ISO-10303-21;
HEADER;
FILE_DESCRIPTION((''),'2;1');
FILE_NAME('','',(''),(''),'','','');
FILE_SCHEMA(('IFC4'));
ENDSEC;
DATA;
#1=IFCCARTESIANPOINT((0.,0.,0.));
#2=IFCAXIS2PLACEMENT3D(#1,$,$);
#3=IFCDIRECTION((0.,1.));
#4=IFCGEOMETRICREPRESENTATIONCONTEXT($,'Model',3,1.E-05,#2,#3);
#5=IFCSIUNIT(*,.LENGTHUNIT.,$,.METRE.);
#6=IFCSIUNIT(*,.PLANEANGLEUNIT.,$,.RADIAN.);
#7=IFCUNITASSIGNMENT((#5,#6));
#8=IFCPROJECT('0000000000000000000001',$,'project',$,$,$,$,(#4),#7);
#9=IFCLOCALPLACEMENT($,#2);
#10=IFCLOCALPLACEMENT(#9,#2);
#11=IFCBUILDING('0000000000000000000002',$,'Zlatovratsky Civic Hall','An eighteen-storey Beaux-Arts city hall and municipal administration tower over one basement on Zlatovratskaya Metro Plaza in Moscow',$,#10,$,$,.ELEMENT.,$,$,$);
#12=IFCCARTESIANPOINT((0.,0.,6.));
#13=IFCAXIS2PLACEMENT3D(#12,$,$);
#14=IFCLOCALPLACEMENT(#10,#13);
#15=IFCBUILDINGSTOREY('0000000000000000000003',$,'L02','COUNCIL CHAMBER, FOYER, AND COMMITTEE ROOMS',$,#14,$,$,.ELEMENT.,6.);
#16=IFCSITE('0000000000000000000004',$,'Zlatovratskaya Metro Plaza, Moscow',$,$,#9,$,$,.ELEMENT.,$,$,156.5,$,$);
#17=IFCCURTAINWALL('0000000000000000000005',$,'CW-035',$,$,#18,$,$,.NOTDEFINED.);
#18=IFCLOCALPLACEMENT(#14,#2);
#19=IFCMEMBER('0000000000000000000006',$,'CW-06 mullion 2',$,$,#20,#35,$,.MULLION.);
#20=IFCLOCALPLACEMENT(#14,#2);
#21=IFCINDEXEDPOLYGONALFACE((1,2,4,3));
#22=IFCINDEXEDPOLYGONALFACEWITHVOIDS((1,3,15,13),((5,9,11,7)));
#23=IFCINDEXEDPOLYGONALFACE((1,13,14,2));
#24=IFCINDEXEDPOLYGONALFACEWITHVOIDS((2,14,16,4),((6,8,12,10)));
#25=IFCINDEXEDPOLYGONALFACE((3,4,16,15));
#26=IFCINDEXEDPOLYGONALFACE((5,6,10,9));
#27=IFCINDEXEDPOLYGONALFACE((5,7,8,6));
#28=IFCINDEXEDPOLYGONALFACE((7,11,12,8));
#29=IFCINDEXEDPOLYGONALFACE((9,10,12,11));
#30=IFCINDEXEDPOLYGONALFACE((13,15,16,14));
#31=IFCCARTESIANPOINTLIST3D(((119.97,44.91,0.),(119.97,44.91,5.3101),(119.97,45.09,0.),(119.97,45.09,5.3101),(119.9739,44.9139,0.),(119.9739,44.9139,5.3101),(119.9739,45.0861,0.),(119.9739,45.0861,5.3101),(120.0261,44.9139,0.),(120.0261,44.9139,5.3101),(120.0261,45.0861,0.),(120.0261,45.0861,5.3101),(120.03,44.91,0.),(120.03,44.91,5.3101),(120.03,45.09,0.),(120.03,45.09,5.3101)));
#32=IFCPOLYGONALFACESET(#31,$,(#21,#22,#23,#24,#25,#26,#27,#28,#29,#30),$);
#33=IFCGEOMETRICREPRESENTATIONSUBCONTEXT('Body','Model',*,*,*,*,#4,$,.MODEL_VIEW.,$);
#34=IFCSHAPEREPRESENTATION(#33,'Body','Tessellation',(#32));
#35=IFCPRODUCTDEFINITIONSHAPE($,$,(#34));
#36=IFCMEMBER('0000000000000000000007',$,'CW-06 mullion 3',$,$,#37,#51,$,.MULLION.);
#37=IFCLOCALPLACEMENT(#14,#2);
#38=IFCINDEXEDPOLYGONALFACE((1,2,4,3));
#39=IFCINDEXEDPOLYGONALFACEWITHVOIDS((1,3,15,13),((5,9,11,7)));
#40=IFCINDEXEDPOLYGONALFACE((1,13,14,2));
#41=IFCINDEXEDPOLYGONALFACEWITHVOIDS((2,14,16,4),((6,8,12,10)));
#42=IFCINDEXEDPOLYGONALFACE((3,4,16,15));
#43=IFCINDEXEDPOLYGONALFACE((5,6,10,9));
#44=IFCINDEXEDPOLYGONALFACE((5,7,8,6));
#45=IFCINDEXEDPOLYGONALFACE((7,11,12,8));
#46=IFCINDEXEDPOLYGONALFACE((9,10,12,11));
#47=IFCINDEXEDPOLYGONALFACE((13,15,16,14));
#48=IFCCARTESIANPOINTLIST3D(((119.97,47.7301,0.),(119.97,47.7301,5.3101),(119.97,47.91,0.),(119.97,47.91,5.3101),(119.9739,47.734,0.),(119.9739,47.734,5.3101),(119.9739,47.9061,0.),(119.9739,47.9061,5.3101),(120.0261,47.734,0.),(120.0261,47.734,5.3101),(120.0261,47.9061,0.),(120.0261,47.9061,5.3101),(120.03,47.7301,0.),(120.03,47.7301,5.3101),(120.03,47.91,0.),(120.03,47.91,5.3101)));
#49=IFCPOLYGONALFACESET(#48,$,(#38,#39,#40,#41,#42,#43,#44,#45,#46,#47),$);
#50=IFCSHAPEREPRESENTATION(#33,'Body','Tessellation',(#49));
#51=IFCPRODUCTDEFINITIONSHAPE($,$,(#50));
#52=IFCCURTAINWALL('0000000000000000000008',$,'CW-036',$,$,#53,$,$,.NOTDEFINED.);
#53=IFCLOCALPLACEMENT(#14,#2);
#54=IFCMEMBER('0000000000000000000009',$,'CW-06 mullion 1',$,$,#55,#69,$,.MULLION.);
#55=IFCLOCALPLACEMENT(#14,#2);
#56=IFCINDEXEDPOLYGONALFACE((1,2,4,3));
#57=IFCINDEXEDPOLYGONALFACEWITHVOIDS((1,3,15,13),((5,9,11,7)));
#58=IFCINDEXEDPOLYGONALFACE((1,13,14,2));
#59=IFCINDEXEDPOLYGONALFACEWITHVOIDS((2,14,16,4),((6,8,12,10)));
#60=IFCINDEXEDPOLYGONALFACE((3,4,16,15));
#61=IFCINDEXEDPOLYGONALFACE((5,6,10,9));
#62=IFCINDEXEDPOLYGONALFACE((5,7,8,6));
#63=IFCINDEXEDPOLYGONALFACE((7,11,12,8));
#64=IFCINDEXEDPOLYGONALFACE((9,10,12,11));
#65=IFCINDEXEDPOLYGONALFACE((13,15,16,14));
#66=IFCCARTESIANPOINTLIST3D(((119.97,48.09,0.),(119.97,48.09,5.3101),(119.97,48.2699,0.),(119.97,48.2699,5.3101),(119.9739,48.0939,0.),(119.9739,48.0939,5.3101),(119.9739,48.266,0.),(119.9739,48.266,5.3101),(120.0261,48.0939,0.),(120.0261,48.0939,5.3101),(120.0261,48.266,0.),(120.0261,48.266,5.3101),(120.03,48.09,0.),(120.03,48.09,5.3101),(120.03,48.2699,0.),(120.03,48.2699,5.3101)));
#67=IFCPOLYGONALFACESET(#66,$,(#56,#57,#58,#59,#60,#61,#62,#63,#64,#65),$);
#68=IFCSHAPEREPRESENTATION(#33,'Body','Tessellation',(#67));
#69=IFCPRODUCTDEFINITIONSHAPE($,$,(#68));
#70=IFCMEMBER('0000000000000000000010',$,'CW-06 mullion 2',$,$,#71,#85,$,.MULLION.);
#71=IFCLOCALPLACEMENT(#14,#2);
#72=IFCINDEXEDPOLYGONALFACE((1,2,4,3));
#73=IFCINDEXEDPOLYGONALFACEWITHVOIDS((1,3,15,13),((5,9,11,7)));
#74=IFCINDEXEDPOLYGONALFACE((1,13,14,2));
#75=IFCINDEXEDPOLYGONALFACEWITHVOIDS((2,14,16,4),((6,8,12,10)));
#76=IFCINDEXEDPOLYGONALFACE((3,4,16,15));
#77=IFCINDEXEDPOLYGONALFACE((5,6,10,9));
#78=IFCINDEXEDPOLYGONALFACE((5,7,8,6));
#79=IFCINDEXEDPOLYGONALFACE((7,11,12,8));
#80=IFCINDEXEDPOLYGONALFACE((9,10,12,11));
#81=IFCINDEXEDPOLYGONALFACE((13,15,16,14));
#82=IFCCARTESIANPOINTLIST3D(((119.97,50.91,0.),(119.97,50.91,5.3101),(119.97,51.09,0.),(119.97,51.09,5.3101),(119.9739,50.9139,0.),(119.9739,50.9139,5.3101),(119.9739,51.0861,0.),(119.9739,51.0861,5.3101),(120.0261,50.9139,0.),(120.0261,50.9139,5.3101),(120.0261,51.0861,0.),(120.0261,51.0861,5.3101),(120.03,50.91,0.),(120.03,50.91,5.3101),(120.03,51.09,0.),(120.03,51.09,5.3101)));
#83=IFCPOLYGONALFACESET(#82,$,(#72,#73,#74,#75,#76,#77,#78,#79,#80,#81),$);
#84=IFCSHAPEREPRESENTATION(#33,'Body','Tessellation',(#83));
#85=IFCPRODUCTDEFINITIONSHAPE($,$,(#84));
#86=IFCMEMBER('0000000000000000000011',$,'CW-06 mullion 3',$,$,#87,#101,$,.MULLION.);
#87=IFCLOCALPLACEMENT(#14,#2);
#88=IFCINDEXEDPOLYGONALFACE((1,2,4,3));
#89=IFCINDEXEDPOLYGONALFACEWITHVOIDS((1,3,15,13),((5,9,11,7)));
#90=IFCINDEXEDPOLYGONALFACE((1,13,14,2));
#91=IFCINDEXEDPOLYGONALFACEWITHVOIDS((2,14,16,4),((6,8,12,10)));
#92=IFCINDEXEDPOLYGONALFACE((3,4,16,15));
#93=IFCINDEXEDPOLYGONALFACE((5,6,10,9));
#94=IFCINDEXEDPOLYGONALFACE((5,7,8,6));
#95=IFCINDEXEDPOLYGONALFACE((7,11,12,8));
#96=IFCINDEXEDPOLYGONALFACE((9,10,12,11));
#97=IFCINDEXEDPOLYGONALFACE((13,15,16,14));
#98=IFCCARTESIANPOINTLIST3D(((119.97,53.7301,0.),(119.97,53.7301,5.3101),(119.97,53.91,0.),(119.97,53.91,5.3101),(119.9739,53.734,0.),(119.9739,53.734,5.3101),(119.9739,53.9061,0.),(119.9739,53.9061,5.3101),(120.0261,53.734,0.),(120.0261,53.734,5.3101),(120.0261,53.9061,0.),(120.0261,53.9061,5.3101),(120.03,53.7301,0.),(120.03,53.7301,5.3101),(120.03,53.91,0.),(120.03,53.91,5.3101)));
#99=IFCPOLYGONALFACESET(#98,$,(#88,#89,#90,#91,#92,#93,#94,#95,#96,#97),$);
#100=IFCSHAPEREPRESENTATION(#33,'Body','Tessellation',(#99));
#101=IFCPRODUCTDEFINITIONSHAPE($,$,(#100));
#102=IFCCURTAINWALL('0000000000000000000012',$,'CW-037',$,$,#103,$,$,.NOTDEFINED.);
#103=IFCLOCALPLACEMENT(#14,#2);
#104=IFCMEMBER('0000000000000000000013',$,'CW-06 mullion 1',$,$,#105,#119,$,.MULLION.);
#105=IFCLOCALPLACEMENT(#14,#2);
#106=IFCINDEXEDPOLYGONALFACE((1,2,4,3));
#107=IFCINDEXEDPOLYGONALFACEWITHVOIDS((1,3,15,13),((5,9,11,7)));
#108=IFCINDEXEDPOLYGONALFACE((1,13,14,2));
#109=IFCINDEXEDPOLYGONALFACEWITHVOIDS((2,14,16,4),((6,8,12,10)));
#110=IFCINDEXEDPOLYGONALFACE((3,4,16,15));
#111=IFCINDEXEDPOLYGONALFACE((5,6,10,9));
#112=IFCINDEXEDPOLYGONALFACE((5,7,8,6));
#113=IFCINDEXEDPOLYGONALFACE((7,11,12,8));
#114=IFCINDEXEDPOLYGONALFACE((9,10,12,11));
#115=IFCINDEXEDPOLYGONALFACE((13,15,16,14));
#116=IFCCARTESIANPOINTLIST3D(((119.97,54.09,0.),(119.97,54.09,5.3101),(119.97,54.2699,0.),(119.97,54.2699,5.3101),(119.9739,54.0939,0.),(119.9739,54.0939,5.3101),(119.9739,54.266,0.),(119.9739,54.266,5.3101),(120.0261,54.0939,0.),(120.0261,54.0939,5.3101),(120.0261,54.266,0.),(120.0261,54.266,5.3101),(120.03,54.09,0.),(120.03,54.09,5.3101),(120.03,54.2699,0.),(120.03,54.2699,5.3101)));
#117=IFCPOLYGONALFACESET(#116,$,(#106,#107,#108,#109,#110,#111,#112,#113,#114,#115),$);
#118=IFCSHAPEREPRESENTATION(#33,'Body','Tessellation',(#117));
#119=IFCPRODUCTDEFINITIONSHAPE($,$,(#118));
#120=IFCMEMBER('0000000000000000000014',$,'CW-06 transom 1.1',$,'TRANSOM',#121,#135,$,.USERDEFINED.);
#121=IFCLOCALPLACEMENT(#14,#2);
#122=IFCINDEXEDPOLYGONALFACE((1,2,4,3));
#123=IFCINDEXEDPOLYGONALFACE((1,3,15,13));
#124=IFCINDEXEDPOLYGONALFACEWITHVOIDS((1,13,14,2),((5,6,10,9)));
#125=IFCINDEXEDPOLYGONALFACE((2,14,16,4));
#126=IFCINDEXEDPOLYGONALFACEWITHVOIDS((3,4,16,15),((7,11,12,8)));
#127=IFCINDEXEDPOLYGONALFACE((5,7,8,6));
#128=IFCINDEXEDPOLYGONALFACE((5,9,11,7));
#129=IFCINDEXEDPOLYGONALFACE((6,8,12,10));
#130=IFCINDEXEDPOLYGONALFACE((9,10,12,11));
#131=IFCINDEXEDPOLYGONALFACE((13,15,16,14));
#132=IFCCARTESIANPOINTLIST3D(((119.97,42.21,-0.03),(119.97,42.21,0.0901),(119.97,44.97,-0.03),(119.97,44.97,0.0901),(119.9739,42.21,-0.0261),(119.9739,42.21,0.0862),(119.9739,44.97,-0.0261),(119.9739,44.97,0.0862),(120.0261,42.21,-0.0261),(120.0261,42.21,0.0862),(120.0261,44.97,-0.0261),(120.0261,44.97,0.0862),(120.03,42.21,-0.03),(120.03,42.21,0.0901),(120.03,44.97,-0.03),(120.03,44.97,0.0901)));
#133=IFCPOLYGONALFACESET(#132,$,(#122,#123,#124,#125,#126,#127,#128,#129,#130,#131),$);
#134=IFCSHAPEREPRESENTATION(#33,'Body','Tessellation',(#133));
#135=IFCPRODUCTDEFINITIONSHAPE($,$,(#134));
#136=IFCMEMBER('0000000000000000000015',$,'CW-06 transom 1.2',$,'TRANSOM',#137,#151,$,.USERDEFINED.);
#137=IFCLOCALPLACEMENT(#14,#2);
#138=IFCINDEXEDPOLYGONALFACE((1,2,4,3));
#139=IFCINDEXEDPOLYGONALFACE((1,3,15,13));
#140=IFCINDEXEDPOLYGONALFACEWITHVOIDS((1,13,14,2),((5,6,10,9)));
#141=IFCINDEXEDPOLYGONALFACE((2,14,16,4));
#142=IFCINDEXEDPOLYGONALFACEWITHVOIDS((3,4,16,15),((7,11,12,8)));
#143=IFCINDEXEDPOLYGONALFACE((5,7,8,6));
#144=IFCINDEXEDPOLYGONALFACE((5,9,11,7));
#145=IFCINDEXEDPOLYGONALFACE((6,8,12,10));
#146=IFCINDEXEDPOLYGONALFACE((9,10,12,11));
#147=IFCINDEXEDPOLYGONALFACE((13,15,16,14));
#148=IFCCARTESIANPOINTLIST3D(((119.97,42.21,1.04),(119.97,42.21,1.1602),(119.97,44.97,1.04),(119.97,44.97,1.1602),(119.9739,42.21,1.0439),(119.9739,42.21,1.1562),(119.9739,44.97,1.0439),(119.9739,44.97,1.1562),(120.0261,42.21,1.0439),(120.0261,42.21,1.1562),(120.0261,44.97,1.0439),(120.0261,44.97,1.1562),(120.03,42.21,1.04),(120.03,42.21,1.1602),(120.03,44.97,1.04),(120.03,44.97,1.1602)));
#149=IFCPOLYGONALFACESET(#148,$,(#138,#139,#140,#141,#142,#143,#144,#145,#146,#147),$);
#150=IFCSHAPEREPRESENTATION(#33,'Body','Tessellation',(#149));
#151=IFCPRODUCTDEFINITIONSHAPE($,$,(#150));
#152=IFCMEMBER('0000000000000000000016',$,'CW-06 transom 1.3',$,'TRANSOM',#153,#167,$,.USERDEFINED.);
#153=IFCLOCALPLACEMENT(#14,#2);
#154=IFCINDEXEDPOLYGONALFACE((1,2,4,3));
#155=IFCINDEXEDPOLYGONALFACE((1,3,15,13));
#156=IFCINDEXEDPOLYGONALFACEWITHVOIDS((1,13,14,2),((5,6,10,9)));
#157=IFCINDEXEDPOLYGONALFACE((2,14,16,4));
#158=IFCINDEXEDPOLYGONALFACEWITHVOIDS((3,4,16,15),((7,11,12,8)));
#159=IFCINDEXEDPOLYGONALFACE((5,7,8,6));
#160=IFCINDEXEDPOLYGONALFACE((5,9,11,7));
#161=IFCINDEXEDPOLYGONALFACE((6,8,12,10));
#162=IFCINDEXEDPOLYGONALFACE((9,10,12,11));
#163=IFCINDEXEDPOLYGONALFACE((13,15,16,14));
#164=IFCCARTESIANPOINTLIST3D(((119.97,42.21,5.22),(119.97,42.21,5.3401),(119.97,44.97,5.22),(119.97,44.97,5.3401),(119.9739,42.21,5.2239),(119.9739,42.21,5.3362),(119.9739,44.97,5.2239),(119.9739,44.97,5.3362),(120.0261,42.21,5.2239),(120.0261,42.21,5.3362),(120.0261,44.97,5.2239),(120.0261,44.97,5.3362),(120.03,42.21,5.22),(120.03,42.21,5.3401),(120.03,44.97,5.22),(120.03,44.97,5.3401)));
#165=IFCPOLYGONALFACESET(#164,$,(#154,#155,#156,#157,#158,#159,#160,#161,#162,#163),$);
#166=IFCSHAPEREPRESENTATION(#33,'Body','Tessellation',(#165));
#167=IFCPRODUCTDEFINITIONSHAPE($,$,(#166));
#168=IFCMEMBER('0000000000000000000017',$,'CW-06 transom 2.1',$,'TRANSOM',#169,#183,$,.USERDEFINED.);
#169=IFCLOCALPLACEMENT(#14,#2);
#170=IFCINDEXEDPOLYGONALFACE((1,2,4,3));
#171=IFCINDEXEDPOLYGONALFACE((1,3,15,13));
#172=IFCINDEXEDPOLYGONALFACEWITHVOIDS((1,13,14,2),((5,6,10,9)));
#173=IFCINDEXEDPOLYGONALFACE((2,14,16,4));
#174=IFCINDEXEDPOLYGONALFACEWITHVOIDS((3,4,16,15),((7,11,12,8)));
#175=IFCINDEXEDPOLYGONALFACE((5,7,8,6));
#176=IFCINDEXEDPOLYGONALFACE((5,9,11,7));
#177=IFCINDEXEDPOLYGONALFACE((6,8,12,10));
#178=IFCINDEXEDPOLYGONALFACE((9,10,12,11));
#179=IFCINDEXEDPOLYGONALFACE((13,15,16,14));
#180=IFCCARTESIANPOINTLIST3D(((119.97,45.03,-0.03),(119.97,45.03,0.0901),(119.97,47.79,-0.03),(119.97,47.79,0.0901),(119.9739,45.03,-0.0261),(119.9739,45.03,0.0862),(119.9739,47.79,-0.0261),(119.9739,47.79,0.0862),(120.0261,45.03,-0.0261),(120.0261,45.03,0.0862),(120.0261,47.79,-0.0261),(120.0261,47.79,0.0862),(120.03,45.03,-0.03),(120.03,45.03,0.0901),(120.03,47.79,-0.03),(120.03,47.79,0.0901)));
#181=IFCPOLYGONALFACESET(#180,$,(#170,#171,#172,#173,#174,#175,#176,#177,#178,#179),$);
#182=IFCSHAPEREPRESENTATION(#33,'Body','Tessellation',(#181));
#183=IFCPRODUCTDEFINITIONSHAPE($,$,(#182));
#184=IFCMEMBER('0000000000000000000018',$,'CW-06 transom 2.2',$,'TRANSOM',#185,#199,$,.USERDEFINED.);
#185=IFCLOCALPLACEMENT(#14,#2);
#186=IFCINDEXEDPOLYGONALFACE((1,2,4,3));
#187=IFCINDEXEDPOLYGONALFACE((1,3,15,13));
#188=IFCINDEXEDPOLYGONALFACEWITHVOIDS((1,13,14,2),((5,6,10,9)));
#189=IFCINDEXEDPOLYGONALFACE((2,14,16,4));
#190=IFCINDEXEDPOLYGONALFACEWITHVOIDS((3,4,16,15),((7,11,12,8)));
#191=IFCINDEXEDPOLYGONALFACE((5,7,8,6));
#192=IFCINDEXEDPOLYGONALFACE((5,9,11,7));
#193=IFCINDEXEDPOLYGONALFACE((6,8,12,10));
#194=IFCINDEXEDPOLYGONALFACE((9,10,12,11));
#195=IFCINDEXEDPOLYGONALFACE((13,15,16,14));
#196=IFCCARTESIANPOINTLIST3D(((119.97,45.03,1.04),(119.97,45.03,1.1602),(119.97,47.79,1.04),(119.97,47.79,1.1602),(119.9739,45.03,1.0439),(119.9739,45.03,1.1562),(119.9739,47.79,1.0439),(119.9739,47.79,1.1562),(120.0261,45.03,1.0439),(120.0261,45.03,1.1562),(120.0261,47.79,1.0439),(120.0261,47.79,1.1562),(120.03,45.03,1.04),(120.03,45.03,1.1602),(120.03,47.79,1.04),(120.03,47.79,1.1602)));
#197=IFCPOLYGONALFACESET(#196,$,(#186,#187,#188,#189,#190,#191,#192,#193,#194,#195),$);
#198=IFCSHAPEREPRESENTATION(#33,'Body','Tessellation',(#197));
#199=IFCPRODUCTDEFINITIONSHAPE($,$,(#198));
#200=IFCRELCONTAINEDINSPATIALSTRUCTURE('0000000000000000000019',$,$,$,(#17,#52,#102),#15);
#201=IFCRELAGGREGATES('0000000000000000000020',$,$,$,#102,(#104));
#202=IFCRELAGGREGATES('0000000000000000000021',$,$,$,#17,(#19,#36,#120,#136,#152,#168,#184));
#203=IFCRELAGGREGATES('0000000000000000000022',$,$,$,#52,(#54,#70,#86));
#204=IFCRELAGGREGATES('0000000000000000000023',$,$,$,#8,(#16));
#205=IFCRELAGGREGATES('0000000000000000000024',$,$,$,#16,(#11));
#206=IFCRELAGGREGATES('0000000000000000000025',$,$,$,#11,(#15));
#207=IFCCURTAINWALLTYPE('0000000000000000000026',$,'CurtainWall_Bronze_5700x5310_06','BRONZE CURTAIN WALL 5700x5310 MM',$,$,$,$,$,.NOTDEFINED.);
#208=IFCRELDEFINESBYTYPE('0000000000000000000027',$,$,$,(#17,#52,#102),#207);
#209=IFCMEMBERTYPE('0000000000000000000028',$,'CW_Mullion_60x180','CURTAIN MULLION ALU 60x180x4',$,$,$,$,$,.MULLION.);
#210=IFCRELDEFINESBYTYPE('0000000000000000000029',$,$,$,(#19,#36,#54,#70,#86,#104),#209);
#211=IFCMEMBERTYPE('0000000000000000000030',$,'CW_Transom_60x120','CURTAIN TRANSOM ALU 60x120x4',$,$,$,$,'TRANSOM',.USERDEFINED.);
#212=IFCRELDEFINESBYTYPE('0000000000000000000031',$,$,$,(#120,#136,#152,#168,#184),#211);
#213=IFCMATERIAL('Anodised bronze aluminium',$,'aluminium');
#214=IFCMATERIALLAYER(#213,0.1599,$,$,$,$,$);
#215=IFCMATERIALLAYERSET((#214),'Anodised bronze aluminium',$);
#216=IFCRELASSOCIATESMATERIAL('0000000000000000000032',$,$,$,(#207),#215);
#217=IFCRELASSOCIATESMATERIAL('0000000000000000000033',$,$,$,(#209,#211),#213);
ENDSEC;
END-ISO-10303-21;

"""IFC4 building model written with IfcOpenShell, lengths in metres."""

from ifc_helpers import new_model, si_unit, direction, frame, origin, origin_2d, place, context, subcontext, project, spatial, hollow_rectangle, extrude, material, layer, layer_set, material_profile, profile_set, type_object, element, aggregate, save


model = new_model("IFC4")

# Units and contexts
model_context = context("Model", 3, precision=1e-05, world=origin(), true_north=direction((0.0, 1.0)))
body_context = subcontext(model_context, "Body", "Model", "MODEL_VIEW")
ifc_project = project(units=[si_unit("LENGTHUNIT", "METRE"), si_unit("PLANEANGLEUNIT", "RADIAN")], contexts=[model_context])

# Site, building, storey
site_placement = place(None, origin())
site = spatial("IfcSite", under=ifc_project, at=site_placement, Name="Zlatovratskaya Metro Plaza, Moscow", CompositionType="ELEMENT", RefElevation=156.5)
building_placement = place(site_placement, origin())
building = spatial("IfcBuilding", under=site, at=building_placement, Name="Zlatovratsky Civic Hall", Description="An eighteen-storey Beaux-Arts city hall and municipal administration tower over one basement on Zlatovratskaya Metro Plaza in Moscow", CompositionType="ELEMENT")
storey_placement = place(building_placement, frame((0.0, 0.0, 6.0)))
storey = spatial("IfcBuildingStorey", under=building, at=storey_placement, Name="L02", Description="COUNCIL CHAMBER, FOYER, AND COMMITTEE ROOMS", CompositionType="ELEMENT", Elevation=6.0)

# Curtain walls, members
ifc_material_1 = material(Name="Anodised bronze aluminium", Category="aluminium")
ifc_layer_1 = layer(ifc_material_1, 0.1599)
ifc_layer_set_1 = layer_set([ifc_layer_1], Name="Anodised bronze aluminium")
curtain_wall_type = type_object("IfcCurtainWallType", Name="CurtainWall_Bronze_5700x5310_06", Description="BRONZE CURTAIN WALL 5700x5310 MM", PredefinedType="NOTDEFINED", material=ifc_layer_set_1)
curtain_wall_1_placement = place(storey_placement, origin())
curtain_wall_1 = element("IfcCurtainWall", 1, at=curtain_wall_1_placement, inside=storey, type_object=curtain_wall_type, Name="CW-035", PredefinedType="NOTDEFINED")
ifc_material_profile_1 = material_profile(ifc_material_1, hollow_rectangle(XDim=0.0601, YDim=0.1799, WallThickness=0.0039, at=origin_2d()), Name="ALU 60x180x4")
ifc_profile_set_1 = profile_set([ifc_material_profile_1], Name="Anodised bronze aluminium")
member_type_1 = type_object("IfcMemberType", Name="CW_Mullion_60x180", Description="CURTAIN MULLION ALU 60x180x4", PredefinedType="MULLION", material=ifc_profile_set_1)
member_1_placement = place(storey_placement, frame((120.0, 45.0, 0.0), z_axis=(0.0, 0.0, 1.0), x_axis=(-1.0, 0.0, 0.0)))
member_1 = element("IfcMember", 2, at=member_1_placement, type_object=member_type_1, Name="CW-06 mullion 2", PredefinedType="MULLION", context=body_context, shape_type="SweptSolid", body=[
    extrude(hollow_rectangle(XDim=0.0601, YDim=0.1799, WallThickness=0.0039, at=origin_2d()), origin(), (0.0, 0.0, 1.0), 5.3101),
])
member_2_placement = place(storey_placement, frame((120.0, 47.8201, 0.0), z_axis=(0.0, 0.0, 1.0), x_axis=(-1.0, 0.0, 0.0)))
member_2 = element("IfcMember", 3, at=member_2_placement, type_object=member_type_1, Name="CW-06 mullion 3", PredefinedType="MULLION", context=body_context, shape_type="SweptSolid", body=[
    extrude(hollow_rectangle(XDim=0.0601, YDim=0.1799, WallThickness=0.0039, at=origin_2d()), origin(), (0.0, 0.0, 1.0), 5.3101),
])
curtain_wall_2_placement = place(storey_placement, origin())
curtain_wall_2 = element("IfcCurtainWall", 4, at=curtain_wall_2_placement, inside=storey, type_object=curtain_wall_type, Name="CW-036", PredefinedType="NOTDEFINED")
member_3_placement = place(storey_placement, frame((120.0, 48.1799, 0.0), z_axis=(0.0, 0.0, 1.0), x_axis=(-1.0, 0.0, 0.0)))
member_3 = element("IfcMember", 5, at=member_3_placement, type_object=member_type_1, Name="CW-06 mullion 1", PredefinedType="MULLION", context=body_context, shape_type="SweptSolid", body=[
    extrude(hollow_rectangle(XDim=0.0601, YDim=0.1799, WallThickness=0.0039, at=origin_2d()), origin(), (0.0, 0.0, 1.0), 5.3101),
])
member_4_placement = place(storey_placement, frame((120.0, 51.0, 0.0), z_axis=(0.0, 0.0, 1.0), x_axis=(-1.0, 0.0, 0.0)))
member_4 = element("IfcMember", 6, at=member_4_placement, type_object=member_type_1, Name="CW-06 mullion 2", PredefinedType="MULLION", context=body_context, shape_type="SweptSolid", body=[
    extrude(hollow_rectangle(XDim=0.0601, YDim=0.1799, WallThickness=0.0039, at=origin_2d()), origin(), (0.0, 0.0, 1.0), 5.3101),
])
member_5_placement = place(storey_placement, frame((120.0, 53.8201, 0.0), z_axis=(0.0, 0.0, 1.0), x_axis=(-1.0, 0.0, 0.0)))
member_5 = element("IfcMember", 7, at=member_5_placement, type_object=member_type_1, Name="CW-06 mullion 3", PredefinedType="MULLION", context=body_context, shape_type="SweptSolid", body=[
    extrude(hollow_rectangle(XDim=0.0601, YDim=0.1799, WallThickness=0.0039, at=origin_2d()), origin(), (0.0, 0.0, 1.0), 5.3101),
])

# Curtain wall, member
curtain_wall_3_placement = place(storey_placement, origin())
curtain_wall_3 = element("IfcCurtainWall", 8, at=curtain_wall_3_placement, inside=storey, type_object=curtain_wall_type, Name="CW-037", PredefinedType="NOTDEFINED")
member_6_placement = place(storey_placement, frame((120.0, 54.1799, 0.0), z_axis=(0.0, 0.0, 1.0), x_axis=(-1.0, 0.0, 0.0)))
member_6 = element("IfcMember", 9, at=member_6_placement, type_object=member_type_1, Name="CW-06 mullion 1", PredefinedType="MULLION", context=body_context, shape_type="SweptSolid", body=[
    extrude(hollow_rectangle(XDim=0.0601, YDim=0.1799, WallThickness=0.0039, at=origin_2d()), origin(), (0.0, 0.0, 1.0), 5.3101),
])

# Members
ifc_material_profile_2 = material_profile(ifc_material_1, hollow_rectangle(XDim=0.0601, YDim=0.1201, WallThickness=0.0039, at=origin_2d()), Name="ALU 60x120x4")
ifc_profile_set_2 = profile_set([ifc_material_profile_2], Name="Anodised bronze aluminium")
member_type_2 = type_object("IfcMemberType", Name="CW_Transom_60x120", Description="CURTAIN TRANSOM ALU 60x120x4", ElementType="TRANSOM", PredefinedType="USERDEFINED", material=ifc_profile_set_2)
member_7_placement = place(storey_placement, frame((120.0, 42.21, 0.03), z_axis=(0.0, 1.0, 0.0), x_axis=(-1.0, 0.0, 0.0)))
member_7 = element("IfcMember", 10, at=member_7_placement, type_object=member_type_2, Name="CW-06 transom 1.1", ObjectType="TRANSOM", PredefinedType="USERDEFINED", context=body_context, shape_type="SweptSolid", body=[
    extrude(hollow_rectangle(XDim=0.0601, YDim=0.1201, WallThickness=0.0039, at=origin_2d()), origin(), (0.0, 0.0, 1.0), 2.76),
])
member_8_placement = place(storey_placement, frame((120.0, 42.21, 1.1001), z_axis=(0.0, 1.0, 0.0), x_axis=(-1.0, 0.0, 0.0)))
member_8 = element("IfcMember", 11, at=member_8_placement, type_object=member_type_2, Name="CW-06 transom 1.2", ObjectType="TRANSOM", PredefinedType="USERDEFINED", context=body_context, shape_type="SweptSolid", body=[
    extrude(hollow_rectangle(XDim=0.0601, YDim=0.1201, WallThickness=0.0039, at=origin_2d()), origin(), (0.0, 0.0, 1.0), 2.76),
])
member_9_placement = place(storey_placement, frame((120.0, 42.21, 5.28), z_axis=(0.0, 1.0, 0.0), x_axis=(-1.0, 0.0, 0.0)))
member_9 = element("IfcMember", 12, at=member_9_placement, type_object=member_type_2, Name="CW-06 transom 1.3", ObjectType="TRANSOM", PredefinedType="USERDEFINED", context=body_context, shape_type="SweptSolid", body=[
    extrude(hollow_rectangle(XDim=0.0601, YDim=0.1201, WallThickness=0.0039, at=origin_2d()), origin(), (0.0, 0.0, 1.0), 2.76),
])
member_10_placement = place(storey_placement, frame((120.0, 45.03, 0.03), z_axis=(0.0, 1.0, 0.0), x_axis=(-1.0, 0.0, 0.0)))
member_10 = element("IfcMember", 13, at=member_10_placement, type_object=member_type_2, Name="CW-06 transom 2.1", ObjectType="TRANSOM", PredefinedType="USERDEFINED", context=body_context, shape_type="SweptSolid", body=[
    extrude(hollow_rectangle(XDim=0.0601, YDim=0.1201, WallThickness=0.0039, at=origin_2d()), origin(), (0.0, 0.0, 1.0), 2.76),
])
member_11_placement = place(storey_placement, frame((120.0, 45.03, 1.1001), z_axis=(0.0, 1.0, 0.0), x_axis=(-1.0, 0.0, 0.0)))
member_11 = element("IfcMember", 14, at=member_11_placement, type_object=member_type_2, Name="CW-06 transom 2.2", ObjectType="TRANSOM", PredefinedType="USERDEFINED", context=body_context, shape_type="SweptSolid", body=[
    extrude(hollow_rectangle(XDim=0.0601, YDim=0.1201, WallThickness=0.0039, at=origin_2d()), origin(), (0.0, 0.0, 1.0), 2.76),
])
aggregate(curtain_wall_3, [member_6])

aggregate(curtain_wall_1, [member_1, member_2, member_7, member_8, member_9, member_10, member_11])
aggregate(curtain_wall_2, [member_3, member_4, member_5])

save(model, "model.ifc")
